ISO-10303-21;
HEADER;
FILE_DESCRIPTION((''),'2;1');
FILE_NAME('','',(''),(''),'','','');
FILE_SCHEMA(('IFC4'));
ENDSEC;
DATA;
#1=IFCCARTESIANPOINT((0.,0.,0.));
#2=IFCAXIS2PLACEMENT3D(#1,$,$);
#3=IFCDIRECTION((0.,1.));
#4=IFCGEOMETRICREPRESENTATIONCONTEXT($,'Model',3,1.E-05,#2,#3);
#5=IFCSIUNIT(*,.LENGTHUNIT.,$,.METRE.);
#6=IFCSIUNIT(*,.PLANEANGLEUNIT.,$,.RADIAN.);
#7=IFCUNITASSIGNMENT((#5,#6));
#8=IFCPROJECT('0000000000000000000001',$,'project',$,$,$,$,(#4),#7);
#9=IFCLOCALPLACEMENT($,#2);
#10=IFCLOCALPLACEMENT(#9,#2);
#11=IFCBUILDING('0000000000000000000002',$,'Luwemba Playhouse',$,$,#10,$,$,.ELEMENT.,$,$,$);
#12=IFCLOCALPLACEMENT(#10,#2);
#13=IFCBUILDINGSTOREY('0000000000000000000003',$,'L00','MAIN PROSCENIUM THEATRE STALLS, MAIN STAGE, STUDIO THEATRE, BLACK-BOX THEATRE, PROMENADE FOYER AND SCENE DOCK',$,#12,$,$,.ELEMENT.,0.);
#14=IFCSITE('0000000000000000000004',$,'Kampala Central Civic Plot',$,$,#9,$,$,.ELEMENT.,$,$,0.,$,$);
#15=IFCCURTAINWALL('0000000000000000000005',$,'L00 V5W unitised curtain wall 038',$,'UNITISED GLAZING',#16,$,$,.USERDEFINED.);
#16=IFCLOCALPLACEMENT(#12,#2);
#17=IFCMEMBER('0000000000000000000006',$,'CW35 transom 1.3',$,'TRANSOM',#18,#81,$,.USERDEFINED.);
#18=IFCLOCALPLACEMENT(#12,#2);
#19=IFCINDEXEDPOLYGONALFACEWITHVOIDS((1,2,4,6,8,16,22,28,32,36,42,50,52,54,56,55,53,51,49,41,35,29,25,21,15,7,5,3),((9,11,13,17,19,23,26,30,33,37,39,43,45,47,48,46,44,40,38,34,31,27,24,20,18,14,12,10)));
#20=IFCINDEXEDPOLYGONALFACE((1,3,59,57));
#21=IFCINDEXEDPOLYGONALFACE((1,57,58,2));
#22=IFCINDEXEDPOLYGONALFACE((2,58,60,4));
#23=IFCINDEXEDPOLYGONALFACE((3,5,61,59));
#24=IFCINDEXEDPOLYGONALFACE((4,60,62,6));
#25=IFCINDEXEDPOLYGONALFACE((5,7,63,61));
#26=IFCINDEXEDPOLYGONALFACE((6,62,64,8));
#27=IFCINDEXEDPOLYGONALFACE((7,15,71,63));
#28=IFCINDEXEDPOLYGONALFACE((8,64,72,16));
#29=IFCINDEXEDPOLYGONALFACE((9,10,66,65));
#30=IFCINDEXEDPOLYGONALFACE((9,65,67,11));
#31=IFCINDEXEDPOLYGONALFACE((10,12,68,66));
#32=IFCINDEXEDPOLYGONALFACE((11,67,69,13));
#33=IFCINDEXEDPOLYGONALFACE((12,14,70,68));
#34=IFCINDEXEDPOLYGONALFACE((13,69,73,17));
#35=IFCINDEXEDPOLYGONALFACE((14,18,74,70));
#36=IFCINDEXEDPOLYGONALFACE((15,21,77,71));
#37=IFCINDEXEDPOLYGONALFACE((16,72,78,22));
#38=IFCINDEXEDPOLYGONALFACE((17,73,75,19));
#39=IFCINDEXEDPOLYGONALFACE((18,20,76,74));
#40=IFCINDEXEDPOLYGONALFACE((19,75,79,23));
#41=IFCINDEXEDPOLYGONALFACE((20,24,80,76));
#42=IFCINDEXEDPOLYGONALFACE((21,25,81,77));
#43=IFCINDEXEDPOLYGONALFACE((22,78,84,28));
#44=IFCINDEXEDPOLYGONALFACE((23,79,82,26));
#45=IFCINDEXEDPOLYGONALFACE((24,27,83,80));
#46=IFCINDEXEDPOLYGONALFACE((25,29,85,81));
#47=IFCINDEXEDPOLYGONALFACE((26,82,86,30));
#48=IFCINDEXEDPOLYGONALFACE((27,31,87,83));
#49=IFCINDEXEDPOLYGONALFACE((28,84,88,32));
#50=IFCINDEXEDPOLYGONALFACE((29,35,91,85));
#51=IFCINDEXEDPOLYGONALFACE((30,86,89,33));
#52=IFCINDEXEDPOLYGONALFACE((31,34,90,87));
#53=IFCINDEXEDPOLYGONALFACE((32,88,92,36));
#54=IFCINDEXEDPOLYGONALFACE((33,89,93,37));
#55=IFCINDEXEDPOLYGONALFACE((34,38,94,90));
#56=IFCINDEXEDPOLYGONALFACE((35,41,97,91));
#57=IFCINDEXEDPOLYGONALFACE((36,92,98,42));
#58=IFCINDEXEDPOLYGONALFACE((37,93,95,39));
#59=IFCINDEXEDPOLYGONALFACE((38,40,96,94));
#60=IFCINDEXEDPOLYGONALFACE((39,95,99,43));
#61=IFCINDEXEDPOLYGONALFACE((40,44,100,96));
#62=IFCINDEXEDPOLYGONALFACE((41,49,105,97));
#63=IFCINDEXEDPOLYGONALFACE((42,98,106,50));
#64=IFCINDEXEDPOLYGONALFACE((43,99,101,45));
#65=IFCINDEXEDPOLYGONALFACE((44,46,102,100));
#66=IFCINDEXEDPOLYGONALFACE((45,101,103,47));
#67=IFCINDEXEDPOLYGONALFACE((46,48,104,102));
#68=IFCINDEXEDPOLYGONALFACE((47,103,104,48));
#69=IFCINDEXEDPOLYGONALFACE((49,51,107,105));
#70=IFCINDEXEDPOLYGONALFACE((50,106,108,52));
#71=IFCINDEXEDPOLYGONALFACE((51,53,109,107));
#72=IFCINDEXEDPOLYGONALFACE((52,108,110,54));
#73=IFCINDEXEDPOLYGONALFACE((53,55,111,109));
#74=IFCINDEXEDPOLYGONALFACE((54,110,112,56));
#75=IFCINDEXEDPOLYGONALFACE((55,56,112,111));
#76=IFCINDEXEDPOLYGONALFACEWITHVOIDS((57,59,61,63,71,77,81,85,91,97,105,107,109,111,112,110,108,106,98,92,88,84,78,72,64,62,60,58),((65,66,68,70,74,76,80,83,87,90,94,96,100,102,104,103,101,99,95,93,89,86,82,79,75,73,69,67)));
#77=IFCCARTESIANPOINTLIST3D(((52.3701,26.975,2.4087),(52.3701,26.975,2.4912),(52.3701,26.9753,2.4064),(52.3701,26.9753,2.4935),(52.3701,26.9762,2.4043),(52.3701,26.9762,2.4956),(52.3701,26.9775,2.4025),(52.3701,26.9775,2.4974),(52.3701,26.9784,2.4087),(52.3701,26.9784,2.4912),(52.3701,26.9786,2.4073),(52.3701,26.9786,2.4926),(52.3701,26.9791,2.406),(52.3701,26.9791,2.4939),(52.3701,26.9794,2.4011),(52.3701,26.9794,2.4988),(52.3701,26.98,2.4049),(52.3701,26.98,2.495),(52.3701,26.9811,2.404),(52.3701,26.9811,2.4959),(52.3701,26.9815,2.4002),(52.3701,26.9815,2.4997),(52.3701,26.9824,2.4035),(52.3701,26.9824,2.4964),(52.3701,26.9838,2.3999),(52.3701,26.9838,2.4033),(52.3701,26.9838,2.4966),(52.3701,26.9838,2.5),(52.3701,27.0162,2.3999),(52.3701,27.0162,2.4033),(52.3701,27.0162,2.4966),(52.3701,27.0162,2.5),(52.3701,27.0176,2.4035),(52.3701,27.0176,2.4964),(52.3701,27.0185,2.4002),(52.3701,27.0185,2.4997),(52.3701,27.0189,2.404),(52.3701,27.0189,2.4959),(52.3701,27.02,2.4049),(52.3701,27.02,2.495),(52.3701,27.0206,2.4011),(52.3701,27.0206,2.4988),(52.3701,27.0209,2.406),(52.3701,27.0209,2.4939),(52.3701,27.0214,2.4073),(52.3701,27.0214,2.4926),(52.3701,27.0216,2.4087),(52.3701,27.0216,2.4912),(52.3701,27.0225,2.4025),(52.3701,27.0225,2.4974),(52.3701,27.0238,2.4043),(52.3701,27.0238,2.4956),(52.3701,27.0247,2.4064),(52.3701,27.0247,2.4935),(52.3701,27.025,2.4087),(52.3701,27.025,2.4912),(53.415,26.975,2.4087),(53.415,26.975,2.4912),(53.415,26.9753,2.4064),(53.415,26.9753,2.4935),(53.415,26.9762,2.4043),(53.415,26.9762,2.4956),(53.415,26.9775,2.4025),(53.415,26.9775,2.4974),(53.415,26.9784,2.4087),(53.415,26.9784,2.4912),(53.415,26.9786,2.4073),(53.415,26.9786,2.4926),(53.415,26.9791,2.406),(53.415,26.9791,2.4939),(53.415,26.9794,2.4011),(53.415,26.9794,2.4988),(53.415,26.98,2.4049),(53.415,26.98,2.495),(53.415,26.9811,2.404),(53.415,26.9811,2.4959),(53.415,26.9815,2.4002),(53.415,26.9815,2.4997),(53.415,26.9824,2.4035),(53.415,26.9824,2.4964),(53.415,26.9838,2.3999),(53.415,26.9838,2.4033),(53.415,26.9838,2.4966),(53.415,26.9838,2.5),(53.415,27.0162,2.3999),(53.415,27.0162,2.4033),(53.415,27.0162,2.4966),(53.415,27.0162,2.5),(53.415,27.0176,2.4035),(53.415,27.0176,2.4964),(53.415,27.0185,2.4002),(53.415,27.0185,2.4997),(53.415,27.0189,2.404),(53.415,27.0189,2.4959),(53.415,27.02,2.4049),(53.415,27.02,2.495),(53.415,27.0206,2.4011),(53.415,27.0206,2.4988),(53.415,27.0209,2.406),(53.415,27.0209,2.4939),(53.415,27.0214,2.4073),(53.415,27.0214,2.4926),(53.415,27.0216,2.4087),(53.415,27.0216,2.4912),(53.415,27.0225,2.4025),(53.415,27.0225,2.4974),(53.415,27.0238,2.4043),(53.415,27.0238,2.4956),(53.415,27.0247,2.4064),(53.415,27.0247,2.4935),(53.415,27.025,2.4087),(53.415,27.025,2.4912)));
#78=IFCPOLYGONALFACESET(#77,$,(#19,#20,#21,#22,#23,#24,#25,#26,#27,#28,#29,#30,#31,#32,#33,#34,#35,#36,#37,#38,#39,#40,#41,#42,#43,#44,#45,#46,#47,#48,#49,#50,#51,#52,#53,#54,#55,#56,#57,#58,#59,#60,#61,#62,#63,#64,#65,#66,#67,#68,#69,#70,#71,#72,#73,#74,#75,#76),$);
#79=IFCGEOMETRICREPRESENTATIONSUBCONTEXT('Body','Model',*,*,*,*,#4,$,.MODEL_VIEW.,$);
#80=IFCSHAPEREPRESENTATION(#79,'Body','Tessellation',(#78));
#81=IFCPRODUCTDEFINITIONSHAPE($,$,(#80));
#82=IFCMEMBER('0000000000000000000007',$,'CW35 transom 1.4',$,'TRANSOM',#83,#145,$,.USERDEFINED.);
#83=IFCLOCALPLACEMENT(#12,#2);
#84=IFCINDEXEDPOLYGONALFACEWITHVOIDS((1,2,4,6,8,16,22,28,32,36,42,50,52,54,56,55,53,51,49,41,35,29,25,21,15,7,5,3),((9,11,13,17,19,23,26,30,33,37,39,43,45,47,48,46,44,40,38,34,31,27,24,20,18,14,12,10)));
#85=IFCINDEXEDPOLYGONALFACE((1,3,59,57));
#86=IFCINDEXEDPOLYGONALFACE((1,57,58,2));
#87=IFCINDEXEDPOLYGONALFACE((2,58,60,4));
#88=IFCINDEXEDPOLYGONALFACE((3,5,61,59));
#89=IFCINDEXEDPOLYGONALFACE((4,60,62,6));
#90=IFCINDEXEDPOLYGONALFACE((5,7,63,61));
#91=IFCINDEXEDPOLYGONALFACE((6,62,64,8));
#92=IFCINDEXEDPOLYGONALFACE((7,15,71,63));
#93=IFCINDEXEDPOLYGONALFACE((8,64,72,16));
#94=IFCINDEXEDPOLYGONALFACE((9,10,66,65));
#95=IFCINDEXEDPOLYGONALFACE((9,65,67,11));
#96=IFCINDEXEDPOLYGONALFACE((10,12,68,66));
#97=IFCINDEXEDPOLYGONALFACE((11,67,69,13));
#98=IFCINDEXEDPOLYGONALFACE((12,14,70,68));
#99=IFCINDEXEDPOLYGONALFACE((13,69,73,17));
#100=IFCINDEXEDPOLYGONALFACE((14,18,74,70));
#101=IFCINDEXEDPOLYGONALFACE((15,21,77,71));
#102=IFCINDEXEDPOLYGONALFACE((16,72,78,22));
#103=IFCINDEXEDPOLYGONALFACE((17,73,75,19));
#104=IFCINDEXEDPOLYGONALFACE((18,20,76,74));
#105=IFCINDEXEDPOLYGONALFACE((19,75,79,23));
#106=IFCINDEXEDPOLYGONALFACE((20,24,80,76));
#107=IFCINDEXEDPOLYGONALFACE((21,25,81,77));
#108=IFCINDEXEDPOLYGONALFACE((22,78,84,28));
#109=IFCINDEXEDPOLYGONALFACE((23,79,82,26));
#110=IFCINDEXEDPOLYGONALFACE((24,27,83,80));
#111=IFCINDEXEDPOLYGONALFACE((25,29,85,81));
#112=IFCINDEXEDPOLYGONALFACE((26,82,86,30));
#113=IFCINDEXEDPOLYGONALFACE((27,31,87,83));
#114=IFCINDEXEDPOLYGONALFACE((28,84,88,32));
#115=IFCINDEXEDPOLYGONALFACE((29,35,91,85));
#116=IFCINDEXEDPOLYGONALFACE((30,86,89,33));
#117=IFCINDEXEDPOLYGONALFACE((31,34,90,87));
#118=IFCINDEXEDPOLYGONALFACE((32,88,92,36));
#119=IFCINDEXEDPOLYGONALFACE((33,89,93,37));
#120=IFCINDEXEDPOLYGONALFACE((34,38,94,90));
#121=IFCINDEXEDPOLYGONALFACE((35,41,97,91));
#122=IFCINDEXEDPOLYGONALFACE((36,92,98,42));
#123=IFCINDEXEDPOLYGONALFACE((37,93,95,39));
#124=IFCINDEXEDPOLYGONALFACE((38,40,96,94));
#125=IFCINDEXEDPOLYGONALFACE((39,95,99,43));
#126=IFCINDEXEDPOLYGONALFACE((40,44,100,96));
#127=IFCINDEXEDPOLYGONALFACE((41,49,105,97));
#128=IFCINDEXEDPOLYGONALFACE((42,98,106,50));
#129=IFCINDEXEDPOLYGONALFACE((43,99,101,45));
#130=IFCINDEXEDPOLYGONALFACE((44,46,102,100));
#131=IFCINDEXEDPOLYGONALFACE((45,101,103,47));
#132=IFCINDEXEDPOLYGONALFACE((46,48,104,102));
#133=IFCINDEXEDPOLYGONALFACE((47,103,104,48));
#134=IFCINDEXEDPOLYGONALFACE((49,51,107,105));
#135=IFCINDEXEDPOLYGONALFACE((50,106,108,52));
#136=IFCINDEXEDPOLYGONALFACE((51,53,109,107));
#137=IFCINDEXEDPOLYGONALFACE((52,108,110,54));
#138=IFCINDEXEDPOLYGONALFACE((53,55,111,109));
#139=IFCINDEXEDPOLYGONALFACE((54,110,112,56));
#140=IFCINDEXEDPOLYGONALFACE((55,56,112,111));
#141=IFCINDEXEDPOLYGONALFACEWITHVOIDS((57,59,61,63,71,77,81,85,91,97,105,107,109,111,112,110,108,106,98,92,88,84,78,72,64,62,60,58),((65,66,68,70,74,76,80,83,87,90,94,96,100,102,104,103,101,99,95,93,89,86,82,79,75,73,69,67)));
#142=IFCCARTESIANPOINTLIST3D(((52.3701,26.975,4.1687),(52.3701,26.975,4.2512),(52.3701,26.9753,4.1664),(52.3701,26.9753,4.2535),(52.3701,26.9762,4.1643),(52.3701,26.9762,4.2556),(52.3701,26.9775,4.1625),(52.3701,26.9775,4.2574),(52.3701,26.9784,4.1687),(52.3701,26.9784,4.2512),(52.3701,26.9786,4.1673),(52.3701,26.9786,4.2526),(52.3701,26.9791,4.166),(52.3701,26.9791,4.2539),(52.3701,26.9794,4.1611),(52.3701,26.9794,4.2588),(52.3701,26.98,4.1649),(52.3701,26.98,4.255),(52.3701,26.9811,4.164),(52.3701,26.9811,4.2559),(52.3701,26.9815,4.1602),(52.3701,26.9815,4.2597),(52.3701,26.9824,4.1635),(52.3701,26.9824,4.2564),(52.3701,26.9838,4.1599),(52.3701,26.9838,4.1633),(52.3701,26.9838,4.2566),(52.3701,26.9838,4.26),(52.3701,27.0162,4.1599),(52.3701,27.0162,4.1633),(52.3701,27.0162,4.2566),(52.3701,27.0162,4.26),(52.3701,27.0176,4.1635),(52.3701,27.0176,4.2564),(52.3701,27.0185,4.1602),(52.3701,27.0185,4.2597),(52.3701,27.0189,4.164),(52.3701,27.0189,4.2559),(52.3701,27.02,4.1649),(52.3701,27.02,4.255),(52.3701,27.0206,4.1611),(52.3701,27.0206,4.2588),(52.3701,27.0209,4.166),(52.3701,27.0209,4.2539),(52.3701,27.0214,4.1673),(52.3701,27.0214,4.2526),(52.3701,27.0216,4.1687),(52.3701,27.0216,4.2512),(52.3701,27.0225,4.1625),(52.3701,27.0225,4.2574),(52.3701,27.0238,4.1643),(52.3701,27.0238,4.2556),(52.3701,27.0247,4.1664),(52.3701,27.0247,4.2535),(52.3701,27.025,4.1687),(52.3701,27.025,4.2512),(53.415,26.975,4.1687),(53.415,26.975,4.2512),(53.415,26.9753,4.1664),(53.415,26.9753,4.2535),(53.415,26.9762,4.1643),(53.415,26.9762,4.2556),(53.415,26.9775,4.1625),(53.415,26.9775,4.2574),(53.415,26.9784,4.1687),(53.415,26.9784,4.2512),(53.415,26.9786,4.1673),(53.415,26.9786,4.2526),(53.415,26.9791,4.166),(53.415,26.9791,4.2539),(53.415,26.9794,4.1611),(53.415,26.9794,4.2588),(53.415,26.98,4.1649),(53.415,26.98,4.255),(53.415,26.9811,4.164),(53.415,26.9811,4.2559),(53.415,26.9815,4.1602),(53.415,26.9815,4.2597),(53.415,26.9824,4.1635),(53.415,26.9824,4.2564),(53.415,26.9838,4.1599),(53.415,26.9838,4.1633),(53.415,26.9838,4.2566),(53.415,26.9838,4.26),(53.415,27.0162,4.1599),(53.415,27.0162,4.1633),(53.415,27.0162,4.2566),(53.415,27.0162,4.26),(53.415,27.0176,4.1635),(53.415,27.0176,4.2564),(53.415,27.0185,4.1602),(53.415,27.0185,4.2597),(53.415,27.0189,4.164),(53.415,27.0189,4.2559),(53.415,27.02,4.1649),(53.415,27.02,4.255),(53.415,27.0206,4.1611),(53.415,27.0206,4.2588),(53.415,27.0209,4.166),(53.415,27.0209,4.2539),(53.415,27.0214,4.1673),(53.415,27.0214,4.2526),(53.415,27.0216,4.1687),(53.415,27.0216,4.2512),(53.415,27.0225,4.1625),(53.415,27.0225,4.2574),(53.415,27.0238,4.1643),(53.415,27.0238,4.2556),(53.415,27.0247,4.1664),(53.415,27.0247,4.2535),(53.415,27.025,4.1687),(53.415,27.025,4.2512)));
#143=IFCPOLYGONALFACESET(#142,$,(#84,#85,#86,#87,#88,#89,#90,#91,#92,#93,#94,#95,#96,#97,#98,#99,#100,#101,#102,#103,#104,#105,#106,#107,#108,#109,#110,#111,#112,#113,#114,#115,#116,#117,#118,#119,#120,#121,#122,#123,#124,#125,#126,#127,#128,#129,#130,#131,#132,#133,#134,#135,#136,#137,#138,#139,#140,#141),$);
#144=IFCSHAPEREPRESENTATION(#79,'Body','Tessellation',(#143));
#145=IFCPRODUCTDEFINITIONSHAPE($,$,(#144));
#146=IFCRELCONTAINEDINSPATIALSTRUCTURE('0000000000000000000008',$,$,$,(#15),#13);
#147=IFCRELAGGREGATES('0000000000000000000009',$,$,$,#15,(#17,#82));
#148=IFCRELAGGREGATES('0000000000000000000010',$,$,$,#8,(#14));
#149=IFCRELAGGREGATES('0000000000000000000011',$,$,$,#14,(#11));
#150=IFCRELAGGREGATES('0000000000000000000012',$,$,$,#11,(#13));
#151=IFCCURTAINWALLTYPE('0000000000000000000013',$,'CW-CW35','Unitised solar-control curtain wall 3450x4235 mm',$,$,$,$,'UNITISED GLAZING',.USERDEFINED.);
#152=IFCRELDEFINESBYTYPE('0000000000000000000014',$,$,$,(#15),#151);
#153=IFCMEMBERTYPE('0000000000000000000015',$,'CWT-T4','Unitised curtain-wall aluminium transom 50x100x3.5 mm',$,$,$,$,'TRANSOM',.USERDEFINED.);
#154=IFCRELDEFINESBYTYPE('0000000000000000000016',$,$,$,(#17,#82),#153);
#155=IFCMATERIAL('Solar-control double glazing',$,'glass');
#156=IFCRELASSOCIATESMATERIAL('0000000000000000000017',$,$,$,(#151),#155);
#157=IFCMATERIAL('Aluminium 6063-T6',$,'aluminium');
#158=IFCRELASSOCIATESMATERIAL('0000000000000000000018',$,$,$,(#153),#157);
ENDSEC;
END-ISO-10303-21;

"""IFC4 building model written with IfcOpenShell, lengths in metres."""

from ifc_helpers import new_model, si_unit, direction, frame, origin, origin_2d, place, context, subcontext, project, spatial, hollow_rectangle, extrude, material, material_profile, profile_set, type_object, element, aggregate, save


model = new_model("IFC4")

# Units and contexts
model_context = context("Model", 3, precision=1e-05, world=origin(), true_north=direction((0.0, 1.0)))
body_context = subcontext(model_context, "Body", "Model", "MODEL_VIEW")
ifc_project = project(units=[si_unit("LENGTHUNIT", "METRE"), si_unit("PLANEANGLEUNIT", "RADIAN")], contexts=[model_context])

# Site, building, storey
site_placement = place(None, origin())
site = spatial("IfcSite", under=ifc_project, at=site_placement, Name="Kampala Central Civic Plot", CompositionType="ELEMENT", RefElevation=0.0)
building_placement = place(site_placement, origin())
building = spatial("IfcBuilding", under=site, at=building_placement, Name="Luwemba Playhouse", CompositionType="ELEMENT")
storey_placement = place(building_placement, origin())
storey = spatial("IfcBuildingStorey", under=building, at=storey_placement, Name="L00", Description="MAIN PROSCENIUM THEATRE STALLS, MAIN STAGE, STUDIO THEATRE, BLACK-BOX THEATRE, PROMENADE FOYER AND SCENE DOCK", CompositionType="ELEMENT", Elevation=0.0)

# Shared definitions
ifc_material_1 = material(Name="Solar-control double glazing", Category="glass")
ifc_material_2 = material(Name="Aluminium 6063-T6", Category="aluminium")

# Curtain wall
curtain_wall_type_1 = type_object("IfcCurtainWallType", Name="CW-CW35", Description="Unitised solar-control curtain wall 3450x4235 mm", ElementType="UNITISED GLAZING", PredefinedType="USERDEFINED", material=ifc_material_1)
curtain_wall_1_placement = place(storey_placement, origin())
curtain_wall_1 = element("IfcCurtainWall", 1, at=curtain_wall_1_placement, inside=storey, type_object=curtain_wall_type_1, Name="L00 V5W unitised curtain wall 038", ObjectType="UNITISED GLAZING", PredefinedType="USERDEFINED")

# Members
ifc_material_profile_1 = material_profile(ifc_material_2, hollow_rectangle(XDim=0.05, YDim=0.1001, WallThickness=0.0034, InnerFilletRadius=0.0054, OuterFilletRadius=0.0088, at=origin_2d()))
ifc_profile_set_1 = profile_set([ifc_material_profile_1], Name="Aluminium 6063-T6")
member_type_1 = type_object("IfcMemberType", Name="CWT-T4", Description="Unitised curtain-wall aluminium transom 50x100x3.5 mm", ElementType="TRANSOM", PredefinedType="USERDEFINED", material=ifc_profile_set_1)
member_1_placement = place(storey_placement, frame((52.3701, 27.0, 2.45), z_axis=(1.0, 0.0, 0.0), x_axis=(0.0, 1.0, 0.0)))
member_1 = element("IfcMember", 2, at=member_1_placement, type_object=member_type_1, Name="CW35 transom 1.3", ObjectType="TRANSOM", PredefinedType="USERDEFINED", context=body_context, shape_type="SweptSolid", body=[
    extrude(hollow_rectangle(XDim=0.05, YDim=0.1001, WallThickness=0.0034, InnerFilletRadius=0.0054, OuterFilletRadius=0.0088, at=origin_2d()), origin(), (0.0, 0.0, 1.0), 1.0449),
])
member_2_placement = place(storey_placement, frame((52.3701, 27.0, 4.21), z_axis=(1.0, 0.0, 0.0), x_axis=(0.0, 1.0, 0.0)))
member_2 = element("IfcMember", 3, at=member_2_placement, type_object=member_type_1, Name="CW35 transom 1.4", ObjectType="TRANSOM", PredefinedType="USERDEFINED", context=body_context, shape_type="SweptSolid", body=[
    extrude(hollow_rectangle(XDim=0.05, YDim=0.1001, WallThickness=0.0034, InnerFilletRadius=0.0054, OuterFilletRadius=0.0088, at=origin_2d()), origin(), (0.0, 0.0, 1.0), 1.0449),
])

aggregate(curtain_wall_1, [member_1, member_2])

save(model, "model.ifc")
